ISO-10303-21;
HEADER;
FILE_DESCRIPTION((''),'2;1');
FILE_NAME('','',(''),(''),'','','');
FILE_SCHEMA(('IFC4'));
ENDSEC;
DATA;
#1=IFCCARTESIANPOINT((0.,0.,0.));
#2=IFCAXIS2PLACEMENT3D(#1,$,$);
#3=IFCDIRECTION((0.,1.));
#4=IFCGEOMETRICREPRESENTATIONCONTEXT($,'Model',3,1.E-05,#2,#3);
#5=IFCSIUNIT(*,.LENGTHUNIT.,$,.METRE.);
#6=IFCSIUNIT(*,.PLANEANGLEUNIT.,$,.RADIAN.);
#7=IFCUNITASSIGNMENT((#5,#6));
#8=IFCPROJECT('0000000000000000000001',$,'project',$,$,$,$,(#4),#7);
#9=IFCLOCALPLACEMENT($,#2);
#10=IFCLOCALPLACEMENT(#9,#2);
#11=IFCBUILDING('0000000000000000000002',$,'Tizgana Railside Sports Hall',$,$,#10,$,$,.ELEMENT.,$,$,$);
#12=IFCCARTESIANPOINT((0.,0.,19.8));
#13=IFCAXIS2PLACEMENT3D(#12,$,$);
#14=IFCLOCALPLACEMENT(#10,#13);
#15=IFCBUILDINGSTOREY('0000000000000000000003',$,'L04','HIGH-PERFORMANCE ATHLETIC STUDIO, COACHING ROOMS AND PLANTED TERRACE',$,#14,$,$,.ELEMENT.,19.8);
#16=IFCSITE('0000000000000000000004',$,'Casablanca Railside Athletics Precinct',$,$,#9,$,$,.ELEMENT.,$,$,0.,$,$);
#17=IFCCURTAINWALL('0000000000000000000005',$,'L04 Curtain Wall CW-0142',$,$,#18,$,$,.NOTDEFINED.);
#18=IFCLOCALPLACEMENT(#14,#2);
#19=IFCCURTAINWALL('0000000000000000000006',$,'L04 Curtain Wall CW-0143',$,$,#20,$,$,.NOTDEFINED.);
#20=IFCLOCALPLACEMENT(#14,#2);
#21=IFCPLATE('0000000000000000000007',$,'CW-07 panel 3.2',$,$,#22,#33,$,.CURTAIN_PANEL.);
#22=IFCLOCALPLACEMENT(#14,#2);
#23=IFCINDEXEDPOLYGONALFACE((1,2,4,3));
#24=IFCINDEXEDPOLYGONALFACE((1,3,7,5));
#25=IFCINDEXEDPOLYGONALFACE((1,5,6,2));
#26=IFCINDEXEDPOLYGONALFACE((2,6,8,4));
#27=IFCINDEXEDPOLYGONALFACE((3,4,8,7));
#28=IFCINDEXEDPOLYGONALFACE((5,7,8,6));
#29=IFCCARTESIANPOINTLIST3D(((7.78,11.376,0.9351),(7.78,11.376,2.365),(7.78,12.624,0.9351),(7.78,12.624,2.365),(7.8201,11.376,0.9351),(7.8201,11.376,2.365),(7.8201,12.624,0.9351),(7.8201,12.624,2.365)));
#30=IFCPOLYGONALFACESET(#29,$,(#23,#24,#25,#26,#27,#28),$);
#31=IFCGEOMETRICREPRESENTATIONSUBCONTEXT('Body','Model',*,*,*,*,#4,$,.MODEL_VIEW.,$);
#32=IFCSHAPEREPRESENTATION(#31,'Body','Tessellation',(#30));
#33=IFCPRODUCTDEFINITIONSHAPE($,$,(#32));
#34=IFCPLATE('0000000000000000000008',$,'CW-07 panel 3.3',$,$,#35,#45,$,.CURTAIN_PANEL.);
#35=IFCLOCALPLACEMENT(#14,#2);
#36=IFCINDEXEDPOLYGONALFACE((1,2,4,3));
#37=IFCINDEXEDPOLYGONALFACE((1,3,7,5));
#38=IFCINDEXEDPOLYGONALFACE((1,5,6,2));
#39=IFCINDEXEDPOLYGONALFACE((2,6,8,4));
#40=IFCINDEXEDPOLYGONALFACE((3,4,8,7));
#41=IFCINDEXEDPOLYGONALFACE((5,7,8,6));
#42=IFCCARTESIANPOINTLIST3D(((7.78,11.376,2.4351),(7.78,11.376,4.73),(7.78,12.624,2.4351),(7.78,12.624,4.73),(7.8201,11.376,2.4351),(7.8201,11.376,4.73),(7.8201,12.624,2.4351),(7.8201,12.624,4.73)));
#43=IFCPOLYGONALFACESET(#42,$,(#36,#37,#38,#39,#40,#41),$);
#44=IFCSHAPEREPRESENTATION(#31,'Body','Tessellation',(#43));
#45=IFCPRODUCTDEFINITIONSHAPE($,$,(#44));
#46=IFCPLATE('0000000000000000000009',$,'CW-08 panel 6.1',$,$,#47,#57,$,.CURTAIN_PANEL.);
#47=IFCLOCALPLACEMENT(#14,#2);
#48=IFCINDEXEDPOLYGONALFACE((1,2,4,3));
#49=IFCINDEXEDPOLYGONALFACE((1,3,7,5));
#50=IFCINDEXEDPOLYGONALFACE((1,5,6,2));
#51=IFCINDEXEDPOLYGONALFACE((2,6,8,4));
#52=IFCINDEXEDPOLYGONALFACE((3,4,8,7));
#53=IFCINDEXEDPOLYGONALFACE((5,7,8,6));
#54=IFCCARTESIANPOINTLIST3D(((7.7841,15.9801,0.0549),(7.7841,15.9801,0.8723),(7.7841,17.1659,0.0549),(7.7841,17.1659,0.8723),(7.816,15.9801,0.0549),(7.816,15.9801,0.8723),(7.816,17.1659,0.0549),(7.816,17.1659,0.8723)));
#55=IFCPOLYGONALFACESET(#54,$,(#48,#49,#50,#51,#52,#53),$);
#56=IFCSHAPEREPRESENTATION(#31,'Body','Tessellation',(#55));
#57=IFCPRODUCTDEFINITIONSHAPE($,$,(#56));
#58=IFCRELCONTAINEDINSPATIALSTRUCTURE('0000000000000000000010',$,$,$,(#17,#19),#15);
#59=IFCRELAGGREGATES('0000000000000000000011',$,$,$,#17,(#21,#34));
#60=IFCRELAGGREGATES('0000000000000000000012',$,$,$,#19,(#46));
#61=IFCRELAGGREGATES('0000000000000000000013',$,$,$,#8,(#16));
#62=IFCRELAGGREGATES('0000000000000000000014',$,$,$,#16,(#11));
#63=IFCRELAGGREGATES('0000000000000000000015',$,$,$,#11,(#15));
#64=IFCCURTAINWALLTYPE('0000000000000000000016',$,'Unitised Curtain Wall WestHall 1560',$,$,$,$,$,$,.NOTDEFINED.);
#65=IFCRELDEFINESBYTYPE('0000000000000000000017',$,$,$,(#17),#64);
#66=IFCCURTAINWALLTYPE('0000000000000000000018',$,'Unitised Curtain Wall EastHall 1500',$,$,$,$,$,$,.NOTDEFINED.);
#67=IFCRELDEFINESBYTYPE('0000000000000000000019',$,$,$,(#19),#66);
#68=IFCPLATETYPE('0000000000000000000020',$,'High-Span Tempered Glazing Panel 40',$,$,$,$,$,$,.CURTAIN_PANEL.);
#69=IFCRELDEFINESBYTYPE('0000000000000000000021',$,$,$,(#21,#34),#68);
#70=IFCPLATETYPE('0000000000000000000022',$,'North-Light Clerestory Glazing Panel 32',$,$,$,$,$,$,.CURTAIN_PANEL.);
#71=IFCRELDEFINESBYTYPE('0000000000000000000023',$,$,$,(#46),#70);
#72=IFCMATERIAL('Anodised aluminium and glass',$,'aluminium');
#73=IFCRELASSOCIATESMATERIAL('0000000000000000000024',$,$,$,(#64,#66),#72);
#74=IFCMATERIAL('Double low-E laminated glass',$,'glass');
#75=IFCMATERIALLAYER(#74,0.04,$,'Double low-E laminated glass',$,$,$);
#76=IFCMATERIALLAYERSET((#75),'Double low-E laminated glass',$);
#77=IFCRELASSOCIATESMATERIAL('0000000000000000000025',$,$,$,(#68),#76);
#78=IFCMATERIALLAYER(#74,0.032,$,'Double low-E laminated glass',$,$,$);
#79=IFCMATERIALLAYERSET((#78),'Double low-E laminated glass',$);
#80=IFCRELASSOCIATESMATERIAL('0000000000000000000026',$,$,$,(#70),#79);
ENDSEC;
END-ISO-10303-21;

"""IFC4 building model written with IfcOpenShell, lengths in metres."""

from ifc_helpers import new_model, si_unit, direction, frame, origin, origin_2d, place, context, subcontext, project, spatial, rectangle, extrude, material, layer, layer_set, type_object, element, aggregate, save


model = new_model("IFC4")

# Units and contexts
model_context = context("Model", 3, precision=1e-05, world=origin(), true_north=direction((0.0, 1.0)))
body_context = subcontext(model_context, "Body", "Model", "MODEL_VIEW")
ifc_project = project(units=[si_unit("LENGTHUNIT", "METRE"), si_unit("PLANEANGLEUNIT", "RADIAN")], contexts=[model_context])

# Site, building, storey
site_placement = place(None, origin())
site = spatial("IfcSite", under=ifc_project, at=site_placement, Name="Casablanca Railside Athletics Precinct", CompositionType="ELEMENT", RefElevation=0.0)
building_placement = place(site_placement, origin())
building = spatial("IfcBuilding", under=site, at=building_placement, Name="Tizgana Railside Sports Hall", CompositionType="ELEMENT")
storey_placement = place(building_placement, frame((0.0, 0.0, 19.8)))
storey = spatial("IfcBuildingStorey", under=building, at=storey_placement, Name="L04", Description="HIGH-PERFORMANCE ATHLETIC STUDIO, COACHING ROOMS AND PLANTED TERRACE", CompositionType="ELEMENT", Elevation=19.8)

# Curtain wall
ifc_material_1 = material(Name="Anodised aluminium and glass", Category="aluminium")
curtain_wall_type_1 = type_object("IfcCurtainWallType", Name="Unitised Curtain Wall WestHall 1560", PredefinedType="NOTDEFINED", material=ifc_material_1)
curtain_wall_1_placement = place(storey_placement, origin())
curtain_wall_1 = element("IfcCurtainWall", 1, at=curtain_wall_1_placement, inside=storey, type_object=curtain_wall_type_1, Name="L04 Curtain Wall CW-0142", PredefinedType="NOTDEFINED")

# Curtain wall
curtain_wall_type_2 = type_object("IfcCurtainWallType", Name="Unitised Curtain Wall EastHall 1500", PredefinedType="NOTDEFINED", material=ifc_material_1)
curtain_wall_2_placement = place(storey_placement, origin())
curtain_wall_2 = element("IfcCurtainWall", 2, at=curtain_wall_2_placement, inside=storey, type_object=curtain_wall_type_2, Name="L04 Curtain Wall CW-0143", PredefinedType="NOTDEFINED")

# Plates
ifc_material_2 = material(Name="Double low-E laminated glass", Category="glass")
ifc_layer_1 = layer(ifc_material_2, 0.04, Name="Double low-E laminated glass")
ifc_layer_set_1 = layer_set([ifc_layer_1], Name="Double low-E laminated glass")
plate_type_1 = type_object("IfcPlateType", Name="High-Span Tempered Glazing Panel 40", PredefinedType="CURTAIN_PANEL", material=ifc_layer_set_1)
plate_1_placement = place(storey_placement, frame((7.8, 12.0, 0.9351), z_axis=(0.0, 0.0, 1.0), x_axis=(0.0, -1.0, 0.0)))
plate_1 = element("IfcPlate", 3, at=plate_1_placement, type_object=plate_type_1, Name="CW-07 panel 3.2", PredefinedType="CURTAIN_PANEL", context=body_context, shape_type="SweptSolid", body=[
    extrude(rectangle(XDim=1.248, YDim=0.04, at=origin_2d()), origin(), (0.0, 0.0, 1.0), 1.4299),
])
plate_2_placement = place(storey_placement, frame((7.8, 12.0, 2.4351), z_axis=(0.0, 0.0, 1.0), x_axis=(0.0, -1.0, 0.0)))
plate_2 = element("IfcPlate", 4, at=plate_2_placement, type_object=plate_type_1, Name="CW-07 panel 3.3", PredefinedType="CURTAIN_PANEL", context=body_context, shape_type="SweptSolid", body=[
    extrude(rectangle(XDim=1.248, YDim=0.04, at=origin_2d()), origin(), (0.0, 0.0, 1.0), 2.2949),
])
aggregate(curtain_wall_1, [plate_1, plate_2])
ifc_layer_2 = layer(ifc_material_2, 0.032, Name="Double low-E laminated glass")
ifc_layer_set_2 = layer_set([ifc_layer_2], Name="Double low-E laminated glass")
plate_type_2 = type_object("IfcPlateType", Name="North-Light Clerestory Glazing Panel 32", PredefinedType="CURTAIN_PANEL", material=ifc_layer_set_2)
plate_3_placement = place(storey_placement, frame((7.8, 16.573, 0.0549), z_axis=(0.0, 0.0, 1.0), x_axis=(0.0, -1.0, 0.0)))
plate_3 = element("IfcPlate", 5, at=plate_3_placement, type_object=plate_type_2, Name="CW-08 panel 6.1", PredefinedType="CURTAIN_PANEL", context=body_context, shape_type="SweptSolid", body=[
    extrude(rectangle(XDim=1.1858, YDim=0.032, at=origin_2d()), origin(), (0.0, 0.0, 1.0), 0.8174),
])
aggregate(curtain_wall_2, [plate_3])

save(model, "model.ifc")
